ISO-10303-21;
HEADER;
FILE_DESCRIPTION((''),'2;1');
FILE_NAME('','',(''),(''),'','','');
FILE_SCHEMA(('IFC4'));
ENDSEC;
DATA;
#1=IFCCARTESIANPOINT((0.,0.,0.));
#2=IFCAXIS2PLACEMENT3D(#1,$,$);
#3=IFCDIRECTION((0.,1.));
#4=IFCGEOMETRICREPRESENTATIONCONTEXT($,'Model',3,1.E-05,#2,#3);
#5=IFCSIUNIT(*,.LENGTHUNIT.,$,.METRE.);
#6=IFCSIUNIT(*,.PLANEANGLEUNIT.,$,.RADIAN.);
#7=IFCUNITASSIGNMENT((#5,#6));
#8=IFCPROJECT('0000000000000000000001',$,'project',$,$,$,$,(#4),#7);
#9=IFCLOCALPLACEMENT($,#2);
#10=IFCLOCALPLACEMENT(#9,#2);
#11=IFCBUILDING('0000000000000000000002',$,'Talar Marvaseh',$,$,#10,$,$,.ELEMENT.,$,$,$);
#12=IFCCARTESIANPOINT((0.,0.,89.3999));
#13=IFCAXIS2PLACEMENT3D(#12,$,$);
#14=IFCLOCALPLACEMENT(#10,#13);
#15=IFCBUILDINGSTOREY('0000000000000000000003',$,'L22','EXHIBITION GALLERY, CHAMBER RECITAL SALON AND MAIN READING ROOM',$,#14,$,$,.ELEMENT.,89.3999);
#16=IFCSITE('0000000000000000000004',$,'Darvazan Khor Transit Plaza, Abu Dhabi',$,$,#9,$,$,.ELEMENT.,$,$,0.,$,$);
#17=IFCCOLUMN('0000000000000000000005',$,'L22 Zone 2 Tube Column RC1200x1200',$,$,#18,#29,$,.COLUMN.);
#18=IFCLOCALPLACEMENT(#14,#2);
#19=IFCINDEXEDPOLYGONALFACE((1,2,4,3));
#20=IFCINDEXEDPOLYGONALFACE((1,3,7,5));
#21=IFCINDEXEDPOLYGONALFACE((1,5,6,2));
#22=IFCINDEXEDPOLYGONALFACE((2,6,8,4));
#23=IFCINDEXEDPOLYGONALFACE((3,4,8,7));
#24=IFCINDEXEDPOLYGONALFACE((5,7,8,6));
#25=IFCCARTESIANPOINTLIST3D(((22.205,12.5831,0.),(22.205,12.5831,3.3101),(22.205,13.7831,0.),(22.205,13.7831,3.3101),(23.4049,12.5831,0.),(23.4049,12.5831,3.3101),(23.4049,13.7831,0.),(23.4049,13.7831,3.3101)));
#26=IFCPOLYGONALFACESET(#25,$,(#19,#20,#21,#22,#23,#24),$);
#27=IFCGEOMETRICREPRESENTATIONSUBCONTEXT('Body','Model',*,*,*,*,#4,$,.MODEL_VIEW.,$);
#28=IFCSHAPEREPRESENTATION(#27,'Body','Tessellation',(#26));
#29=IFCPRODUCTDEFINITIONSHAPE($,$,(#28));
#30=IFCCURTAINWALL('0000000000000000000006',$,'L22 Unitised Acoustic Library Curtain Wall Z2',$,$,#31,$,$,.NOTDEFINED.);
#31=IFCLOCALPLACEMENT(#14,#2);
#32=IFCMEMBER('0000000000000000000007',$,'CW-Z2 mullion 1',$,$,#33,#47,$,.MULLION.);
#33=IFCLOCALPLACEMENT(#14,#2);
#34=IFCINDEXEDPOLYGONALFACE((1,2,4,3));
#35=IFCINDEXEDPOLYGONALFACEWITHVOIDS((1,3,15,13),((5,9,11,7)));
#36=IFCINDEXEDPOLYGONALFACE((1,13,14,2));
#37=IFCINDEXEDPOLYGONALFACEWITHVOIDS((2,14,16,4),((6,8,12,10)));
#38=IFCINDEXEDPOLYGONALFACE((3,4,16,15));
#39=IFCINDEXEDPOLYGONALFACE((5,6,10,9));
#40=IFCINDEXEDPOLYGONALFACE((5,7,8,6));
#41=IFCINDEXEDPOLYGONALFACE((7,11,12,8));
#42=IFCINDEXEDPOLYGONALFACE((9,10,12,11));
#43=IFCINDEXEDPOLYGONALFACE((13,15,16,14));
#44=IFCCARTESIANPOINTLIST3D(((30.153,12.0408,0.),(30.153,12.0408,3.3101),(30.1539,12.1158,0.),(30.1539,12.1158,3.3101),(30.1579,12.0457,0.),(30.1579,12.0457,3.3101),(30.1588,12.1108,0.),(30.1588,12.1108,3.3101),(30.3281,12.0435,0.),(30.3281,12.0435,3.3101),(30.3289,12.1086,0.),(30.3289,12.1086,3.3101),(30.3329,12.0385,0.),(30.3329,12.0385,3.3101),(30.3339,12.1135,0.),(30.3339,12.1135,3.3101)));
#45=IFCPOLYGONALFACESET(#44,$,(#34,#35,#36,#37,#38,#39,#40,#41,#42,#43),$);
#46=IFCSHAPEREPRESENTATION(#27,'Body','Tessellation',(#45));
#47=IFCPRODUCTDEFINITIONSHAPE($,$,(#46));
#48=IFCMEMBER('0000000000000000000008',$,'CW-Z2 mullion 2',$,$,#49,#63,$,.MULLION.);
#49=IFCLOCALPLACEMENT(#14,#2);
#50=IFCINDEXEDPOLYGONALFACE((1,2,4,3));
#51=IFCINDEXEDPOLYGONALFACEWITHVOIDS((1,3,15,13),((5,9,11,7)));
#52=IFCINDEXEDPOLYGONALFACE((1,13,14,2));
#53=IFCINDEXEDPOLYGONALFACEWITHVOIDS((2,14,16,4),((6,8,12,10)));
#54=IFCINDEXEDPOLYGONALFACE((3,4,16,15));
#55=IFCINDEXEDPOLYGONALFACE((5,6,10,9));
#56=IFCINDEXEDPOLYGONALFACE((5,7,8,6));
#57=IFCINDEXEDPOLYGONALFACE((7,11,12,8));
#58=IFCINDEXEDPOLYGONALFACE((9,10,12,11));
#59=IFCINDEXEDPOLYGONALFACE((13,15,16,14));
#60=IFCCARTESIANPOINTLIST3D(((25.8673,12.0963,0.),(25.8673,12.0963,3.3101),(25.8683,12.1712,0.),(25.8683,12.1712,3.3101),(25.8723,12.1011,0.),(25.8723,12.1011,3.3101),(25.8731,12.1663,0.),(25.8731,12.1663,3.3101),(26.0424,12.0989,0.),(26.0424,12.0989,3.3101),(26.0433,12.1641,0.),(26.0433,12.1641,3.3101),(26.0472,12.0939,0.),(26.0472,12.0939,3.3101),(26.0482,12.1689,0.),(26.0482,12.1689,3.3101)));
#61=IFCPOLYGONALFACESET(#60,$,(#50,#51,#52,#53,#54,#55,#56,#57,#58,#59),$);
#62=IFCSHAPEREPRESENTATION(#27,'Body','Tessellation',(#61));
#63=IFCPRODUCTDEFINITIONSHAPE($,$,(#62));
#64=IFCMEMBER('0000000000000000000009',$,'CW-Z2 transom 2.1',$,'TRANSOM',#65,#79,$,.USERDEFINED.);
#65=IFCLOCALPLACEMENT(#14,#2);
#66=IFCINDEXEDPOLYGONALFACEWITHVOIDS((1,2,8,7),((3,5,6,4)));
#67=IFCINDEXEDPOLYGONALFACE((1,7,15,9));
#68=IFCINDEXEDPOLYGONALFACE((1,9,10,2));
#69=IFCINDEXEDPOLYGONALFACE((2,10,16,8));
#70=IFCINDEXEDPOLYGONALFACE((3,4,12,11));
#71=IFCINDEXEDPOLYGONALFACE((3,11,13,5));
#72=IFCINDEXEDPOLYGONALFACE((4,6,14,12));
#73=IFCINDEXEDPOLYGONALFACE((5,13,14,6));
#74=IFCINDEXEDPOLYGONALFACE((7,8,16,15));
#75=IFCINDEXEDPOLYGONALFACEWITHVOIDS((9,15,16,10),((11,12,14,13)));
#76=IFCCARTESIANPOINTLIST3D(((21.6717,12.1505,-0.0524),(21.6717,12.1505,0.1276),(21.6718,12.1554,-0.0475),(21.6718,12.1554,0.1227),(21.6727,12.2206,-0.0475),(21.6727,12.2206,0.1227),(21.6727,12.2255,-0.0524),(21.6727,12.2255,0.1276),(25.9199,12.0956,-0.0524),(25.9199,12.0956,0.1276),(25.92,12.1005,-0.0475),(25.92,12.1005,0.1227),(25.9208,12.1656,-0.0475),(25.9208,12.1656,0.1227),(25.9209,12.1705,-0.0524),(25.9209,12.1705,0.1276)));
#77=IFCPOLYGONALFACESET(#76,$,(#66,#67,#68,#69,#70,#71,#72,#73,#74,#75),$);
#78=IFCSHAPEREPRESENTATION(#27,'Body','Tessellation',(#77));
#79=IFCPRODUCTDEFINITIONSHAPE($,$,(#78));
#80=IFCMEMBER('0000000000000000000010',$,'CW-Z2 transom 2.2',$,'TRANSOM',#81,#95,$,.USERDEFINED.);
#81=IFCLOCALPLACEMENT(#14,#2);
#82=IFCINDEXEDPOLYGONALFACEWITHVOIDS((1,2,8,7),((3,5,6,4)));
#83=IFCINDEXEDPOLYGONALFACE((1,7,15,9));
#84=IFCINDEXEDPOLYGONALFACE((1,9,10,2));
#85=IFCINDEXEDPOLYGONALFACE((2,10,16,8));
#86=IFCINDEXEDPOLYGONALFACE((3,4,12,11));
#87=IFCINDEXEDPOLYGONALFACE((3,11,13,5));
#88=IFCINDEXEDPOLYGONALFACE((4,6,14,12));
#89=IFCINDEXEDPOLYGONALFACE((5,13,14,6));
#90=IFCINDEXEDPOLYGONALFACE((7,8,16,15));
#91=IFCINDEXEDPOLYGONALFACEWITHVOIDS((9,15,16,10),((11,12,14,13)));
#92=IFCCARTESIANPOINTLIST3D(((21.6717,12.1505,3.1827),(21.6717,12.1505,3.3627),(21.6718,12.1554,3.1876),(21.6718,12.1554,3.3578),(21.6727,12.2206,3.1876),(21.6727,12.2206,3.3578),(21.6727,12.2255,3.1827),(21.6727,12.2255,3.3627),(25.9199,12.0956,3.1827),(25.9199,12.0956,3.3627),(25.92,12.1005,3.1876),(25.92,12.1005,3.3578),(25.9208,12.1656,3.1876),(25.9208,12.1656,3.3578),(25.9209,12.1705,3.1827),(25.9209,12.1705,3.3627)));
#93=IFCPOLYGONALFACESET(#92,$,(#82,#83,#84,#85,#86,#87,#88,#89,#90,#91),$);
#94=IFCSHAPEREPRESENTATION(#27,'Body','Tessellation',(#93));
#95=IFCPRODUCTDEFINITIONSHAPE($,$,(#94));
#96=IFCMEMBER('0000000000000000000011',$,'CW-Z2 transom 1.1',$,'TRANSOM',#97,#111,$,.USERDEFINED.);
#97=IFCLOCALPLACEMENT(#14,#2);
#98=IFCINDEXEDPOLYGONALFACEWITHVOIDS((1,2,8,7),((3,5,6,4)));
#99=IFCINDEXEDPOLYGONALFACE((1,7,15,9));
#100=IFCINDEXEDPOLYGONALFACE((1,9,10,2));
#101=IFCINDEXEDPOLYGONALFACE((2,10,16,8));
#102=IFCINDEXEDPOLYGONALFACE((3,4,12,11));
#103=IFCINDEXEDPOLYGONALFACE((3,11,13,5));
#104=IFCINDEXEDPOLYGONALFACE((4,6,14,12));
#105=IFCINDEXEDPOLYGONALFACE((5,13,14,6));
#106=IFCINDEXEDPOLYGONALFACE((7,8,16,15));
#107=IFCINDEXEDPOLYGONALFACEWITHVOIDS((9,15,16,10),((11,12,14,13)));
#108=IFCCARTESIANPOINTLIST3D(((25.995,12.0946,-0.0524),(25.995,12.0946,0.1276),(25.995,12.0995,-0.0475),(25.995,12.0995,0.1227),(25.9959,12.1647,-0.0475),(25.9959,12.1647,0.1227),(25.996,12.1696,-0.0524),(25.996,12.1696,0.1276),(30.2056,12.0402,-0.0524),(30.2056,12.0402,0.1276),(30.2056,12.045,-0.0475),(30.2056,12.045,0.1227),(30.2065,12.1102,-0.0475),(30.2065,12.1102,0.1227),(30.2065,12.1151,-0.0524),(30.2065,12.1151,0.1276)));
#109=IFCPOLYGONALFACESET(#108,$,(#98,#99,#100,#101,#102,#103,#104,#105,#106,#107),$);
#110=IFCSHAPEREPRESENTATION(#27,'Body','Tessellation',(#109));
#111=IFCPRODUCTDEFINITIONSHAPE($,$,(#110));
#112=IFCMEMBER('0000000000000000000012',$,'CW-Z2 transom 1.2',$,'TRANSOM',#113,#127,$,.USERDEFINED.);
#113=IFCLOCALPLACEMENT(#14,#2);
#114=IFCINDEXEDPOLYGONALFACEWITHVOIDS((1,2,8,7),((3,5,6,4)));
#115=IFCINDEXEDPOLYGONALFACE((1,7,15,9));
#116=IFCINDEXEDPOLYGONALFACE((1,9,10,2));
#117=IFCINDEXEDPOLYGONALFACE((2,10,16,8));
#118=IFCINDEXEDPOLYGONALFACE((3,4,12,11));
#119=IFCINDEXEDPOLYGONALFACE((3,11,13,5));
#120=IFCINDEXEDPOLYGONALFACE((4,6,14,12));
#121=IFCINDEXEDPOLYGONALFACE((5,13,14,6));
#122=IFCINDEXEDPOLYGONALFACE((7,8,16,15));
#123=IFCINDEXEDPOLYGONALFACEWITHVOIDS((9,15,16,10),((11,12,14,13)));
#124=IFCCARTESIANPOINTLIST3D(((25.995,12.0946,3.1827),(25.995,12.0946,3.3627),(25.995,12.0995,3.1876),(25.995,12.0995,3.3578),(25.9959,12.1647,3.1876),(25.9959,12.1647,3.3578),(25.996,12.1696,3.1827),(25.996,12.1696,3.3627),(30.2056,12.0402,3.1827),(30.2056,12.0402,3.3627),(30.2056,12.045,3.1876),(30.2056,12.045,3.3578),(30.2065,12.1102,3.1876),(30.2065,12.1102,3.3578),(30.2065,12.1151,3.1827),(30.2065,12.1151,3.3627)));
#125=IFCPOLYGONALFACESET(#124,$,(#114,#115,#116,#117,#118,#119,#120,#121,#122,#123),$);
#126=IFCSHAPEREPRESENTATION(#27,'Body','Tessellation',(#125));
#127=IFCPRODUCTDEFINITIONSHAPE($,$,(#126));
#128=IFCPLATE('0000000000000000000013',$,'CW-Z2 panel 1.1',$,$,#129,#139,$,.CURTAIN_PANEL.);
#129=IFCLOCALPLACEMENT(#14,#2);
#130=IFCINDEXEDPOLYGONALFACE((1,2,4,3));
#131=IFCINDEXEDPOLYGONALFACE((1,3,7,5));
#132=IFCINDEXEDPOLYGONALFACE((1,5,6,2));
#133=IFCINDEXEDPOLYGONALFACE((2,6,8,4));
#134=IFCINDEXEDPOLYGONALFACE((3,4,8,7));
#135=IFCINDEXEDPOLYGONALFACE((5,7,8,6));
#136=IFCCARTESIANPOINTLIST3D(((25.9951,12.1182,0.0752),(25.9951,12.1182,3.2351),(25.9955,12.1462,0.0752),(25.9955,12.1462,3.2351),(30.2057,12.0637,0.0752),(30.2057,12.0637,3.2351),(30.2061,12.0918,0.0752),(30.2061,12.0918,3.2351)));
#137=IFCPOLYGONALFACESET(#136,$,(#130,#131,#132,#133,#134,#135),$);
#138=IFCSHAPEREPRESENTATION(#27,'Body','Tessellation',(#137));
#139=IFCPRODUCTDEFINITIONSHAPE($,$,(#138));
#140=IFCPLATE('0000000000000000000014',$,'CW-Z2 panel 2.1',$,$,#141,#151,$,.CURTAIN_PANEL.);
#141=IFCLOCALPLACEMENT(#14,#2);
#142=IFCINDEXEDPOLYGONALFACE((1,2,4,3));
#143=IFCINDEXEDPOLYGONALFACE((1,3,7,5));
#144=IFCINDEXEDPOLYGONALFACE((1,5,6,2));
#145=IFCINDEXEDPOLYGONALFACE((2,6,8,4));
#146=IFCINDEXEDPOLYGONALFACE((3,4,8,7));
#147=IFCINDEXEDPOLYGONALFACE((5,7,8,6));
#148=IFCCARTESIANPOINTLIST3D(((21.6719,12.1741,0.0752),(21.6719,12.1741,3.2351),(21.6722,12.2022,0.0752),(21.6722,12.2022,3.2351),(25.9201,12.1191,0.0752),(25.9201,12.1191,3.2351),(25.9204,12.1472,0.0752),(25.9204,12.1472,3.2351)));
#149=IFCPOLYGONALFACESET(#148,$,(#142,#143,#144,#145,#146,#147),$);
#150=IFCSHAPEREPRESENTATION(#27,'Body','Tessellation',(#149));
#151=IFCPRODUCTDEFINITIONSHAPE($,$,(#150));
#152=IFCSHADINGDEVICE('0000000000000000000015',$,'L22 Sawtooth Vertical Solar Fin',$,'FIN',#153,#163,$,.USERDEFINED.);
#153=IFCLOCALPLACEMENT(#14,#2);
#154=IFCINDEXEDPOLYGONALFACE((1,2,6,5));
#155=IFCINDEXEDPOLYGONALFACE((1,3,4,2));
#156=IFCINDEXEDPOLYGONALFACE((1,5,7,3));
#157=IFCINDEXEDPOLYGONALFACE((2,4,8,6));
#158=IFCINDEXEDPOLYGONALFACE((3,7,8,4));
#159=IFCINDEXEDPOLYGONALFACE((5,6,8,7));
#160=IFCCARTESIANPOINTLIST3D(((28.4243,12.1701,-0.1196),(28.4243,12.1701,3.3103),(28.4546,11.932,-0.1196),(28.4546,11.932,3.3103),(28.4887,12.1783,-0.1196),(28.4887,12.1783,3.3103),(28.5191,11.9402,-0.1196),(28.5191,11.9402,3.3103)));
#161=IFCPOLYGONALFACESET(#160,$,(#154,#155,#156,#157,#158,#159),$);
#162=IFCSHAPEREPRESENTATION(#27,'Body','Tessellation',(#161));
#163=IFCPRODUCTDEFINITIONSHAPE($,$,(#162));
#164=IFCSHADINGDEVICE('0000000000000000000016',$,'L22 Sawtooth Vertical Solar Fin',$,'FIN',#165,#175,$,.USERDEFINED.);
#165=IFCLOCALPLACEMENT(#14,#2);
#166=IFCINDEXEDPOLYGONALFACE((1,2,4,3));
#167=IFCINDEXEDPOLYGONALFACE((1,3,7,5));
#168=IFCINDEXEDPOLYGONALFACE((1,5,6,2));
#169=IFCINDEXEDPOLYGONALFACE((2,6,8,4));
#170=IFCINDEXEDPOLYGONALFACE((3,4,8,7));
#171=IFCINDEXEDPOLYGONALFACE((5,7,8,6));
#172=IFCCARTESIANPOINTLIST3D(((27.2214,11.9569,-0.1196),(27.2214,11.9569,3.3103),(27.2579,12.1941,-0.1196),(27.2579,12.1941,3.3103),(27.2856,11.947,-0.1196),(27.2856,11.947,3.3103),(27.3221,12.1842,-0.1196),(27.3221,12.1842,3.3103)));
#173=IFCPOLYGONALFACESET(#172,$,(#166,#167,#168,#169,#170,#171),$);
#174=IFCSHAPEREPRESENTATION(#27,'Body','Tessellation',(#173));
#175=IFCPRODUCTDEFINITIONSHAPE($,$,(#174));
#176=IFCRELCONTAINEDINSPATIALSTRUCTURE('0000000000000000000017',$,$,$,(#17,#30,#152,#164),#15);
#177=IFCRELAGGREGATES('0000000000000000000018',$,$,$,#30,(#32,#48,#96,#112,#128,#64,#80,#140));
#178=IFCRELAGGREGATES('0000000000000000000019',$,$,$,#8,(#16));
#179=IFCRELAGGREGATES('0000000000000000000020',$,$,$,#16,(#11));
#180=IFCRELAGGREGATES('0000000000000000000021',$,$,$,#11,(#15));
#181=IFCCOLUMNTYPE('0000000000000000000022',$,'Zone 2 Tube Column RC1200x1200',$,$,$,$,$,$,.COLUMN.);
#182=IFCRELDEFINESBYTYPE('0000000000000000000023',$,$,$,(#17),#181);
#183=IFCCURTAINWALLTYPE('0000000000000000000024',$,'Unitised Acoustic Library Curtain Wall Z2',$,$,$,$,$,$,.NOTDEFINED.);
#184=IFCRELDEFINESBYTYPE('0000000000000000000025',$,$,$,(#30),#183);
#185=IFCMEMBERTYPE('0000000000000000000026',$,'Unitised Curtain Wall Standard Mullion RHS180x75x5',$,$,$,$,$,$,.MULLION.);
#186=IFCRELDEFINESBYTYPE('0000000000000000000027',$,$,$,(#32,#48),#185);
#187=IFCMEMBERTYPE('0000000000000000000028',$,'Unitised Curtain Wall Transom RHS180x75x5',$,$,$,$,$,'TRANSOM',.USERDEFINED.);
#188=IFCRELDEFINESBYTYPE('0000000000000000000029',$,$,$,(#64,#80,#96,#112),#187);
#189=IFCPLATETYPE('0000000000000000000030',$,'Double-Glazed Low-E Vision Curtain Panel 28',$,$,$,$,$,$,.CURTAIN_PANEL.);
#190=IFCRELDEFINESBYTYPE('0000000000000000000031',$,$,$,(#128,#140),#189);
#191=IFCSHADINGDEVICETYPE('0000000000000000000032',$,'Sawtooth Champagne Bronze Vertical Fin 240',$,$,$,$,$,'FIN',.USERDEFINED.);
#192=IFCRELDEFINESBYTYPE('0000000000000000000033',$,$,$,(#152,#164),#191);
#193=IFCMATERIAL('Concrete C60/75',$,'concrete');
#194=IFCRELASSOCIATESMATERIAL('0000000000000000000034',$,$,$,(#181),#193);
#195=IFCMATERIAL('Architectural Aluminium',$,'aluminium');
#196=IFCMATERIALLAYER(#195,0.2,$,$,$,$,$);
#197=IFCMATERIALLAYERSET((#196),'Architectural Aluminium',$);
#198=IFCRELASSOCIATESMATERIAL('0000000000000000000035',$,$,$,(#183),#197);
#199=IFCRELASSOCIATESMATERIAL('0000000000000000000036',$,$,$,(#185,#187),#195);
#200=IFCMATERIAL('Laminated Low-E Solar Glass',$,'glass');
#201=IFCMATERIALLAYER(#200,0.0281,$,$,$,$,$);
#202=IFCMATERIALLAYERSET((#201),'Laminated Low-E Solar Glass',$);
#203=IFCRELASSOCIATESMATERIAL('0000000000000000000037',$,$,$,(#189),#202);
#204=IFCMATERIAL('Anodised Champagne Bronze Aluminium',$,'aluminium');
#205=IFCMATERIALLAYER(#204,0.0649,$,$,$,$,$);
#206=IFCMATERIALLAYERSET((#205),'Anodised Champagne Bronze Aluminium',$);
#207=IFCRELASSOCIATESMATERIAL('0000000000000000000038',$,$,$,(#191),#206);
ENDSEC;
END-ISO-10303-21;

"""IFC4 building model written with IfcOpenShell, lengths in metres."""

from ifc_helpers import new_model, si_unit, direction, frame, origin, origin_2d, place, context, subcontext, project, spatial, rectangle, hollow_rectangle, extrude, source, transform, mapped, material, layer, layer_set, material_profile, profile_set, type_object, type_shapes, element, aggregate, save


model = new_model("IFC4")

# Units and contexts
model_context = context("Model", 3, precision=1e-05, world=origin(), true_north=direction((0.0, 1.0)))
body_context = subcontext(model_context, "Body", "Model", "MODEL_VIEW")
ifc_project = project(units=[si_unit("LENGTHUNIT", "METRE"), si_unit("PLANEANGLEUNIT", "RADIAN")], contexts=[model_context])

# Site, building, storey
site_placement = place(None, origin())
site = spatial("IfcSite", under=ifc_project, at=site_placement, Name="Darvazan Khor Transit Plaza, Abu Dhabi", CompositionType="ELEMENT", RefElevation=0.0)
building_placement = place(site_placement, origin())
building = spatial("IfcBuilding", under=site, at=building_placement, Name="Talar Marvaseh", CompositionType="ELEMENT")
storey_placement = place(building_placement, frame((0.0, 0.0, 89.3999)))
storey = spatial("IfcBuildingStorey", under=building, at=storey_placement, Name="L22", Description="EXHIBITION GALLERY, CHAMBER RECITAL SALON AND MAIN READING ROOM", CompositionType="ELEMENT", Elevation=89.3999)

# Column
ifc_material_1 = material(Name="Concrete C60/75", Category="concrete")
ifc_material_profile_1 = material_profile(ifc_material_1, rectangle(XDim=1.2, YDim=1.2, at=origin_2d()), Name="RC1200x1200")
ifc_profile_set_1 = profile_set([ifc_material_profile_1], Name="Concrete C60/75")
column_type = type_object("IfcColumnType", Name="Zone 2 Tube Column RC1200x1200", PredefinedType="COLUMN", material=ifc_profile_set_1)
column_placement = place(storey_placement, frame((22.8049, 13.1831, 0.0), z_axis=(0.0, 0.0, 1.0), x_axis=(1.0, 0.0, 0.0)))
element("IfcColumn", 1, at=column_placement, inside=storey, type_object=column_type, Name="L22 Zone 2 Tube Column RC1200x1200", PredefinedType="COLUMN", context=body_context, shape_type="SweptSolid", body=[
    extrude(rectangle(XDim=1.2, YDim=1.2, at=origin_2d()), origin(), (0.0, 0.0, 1.0), 3.3101),
])

# Curtain wall, members, plates
ifc_material_2 = material(Name="Architectural Aluminium", Category="aluminium")
ifc_layer_1 = layer(ifc_material_2, 0.2)
ifc_layer_set_1 = layer_set([ifc_layer_1], Name="Architectural Aluminium")
curtain_wall_type = type_object("IfcCurtainWallType", Name="Unitised Acoustic Library Curtain Wall Z2", PredefinedType="NOTDEFINED", material=ifc_layer_set_1)
curtain_wall_placement = place(storey_placement, origin())
curtain_wall = element("IfcCurtainWall", 2, at=curtain_wall_placement, inside=storey, type_object=curtain_wall_type, Name="L22 Unitised Acoustic Library Curtain Wall Z2", PredefinedType="NOTDEFINED")
ifc_material_profile_2 = material_profile(ifc_material_2, hollow_rectangle(XDim=0.075, YDim=0.1799, WallThickness=0.0049, at=origin_2d()), Name="RHS180x75x5")
ifc_profile_set_2 = profile_set([ifc_material_profile_2], Name="Architectural Aluminium")
member_type_1 = type_object("IfcMemberType", Name="Unitised Curtain Wall Standard Mullion RHS180x75x5", PredefinedType="MULLION", material=ifc_profile_set_2)
shared_shape_1 = source(origin(), body_context, "Body", "SweptSolid", [
    extrude(hollow_rectangle(XDim=0.075, YDim=0.1799, WallThickness=0.0049, at=origin_2d()), origin(), (0.0, 0.0, 1.0), 3.3101),
])
type_shapes(member_type_1, [shared_shape_1])
member_1_placement = place(storey_placement, frame((30.2434, 12.0771, 0.0), z_axis=(0.0, 0.0, 1.0), x_axis=(-0.012934, -0.999916, 0.0)))
member_1 = element("IfcMember", 3, at=member_1_placement, type_object=member_type_1, Name="CW-Z2 mullion 1", PredefinedType="MULLION", context=body_context, shape_type="MappedRepresentation", body=[
    mapped(shared_shape_1, transform((0.0, 0.0, 0.0), x_axis=(1.0, 0.0, 0.0), y_axis=(0.0, 1.0, 0.0), z_axis=(0.0, 0.0, 1.0), scale=1.0)),
])
member_2_placement = place(storey_placement, frame((25.9578, 12.1326, 0.0), z_axis=(0.0, 0.0, 1.0), x_axis=(-0.012934, -0.999916, 0.0)))
member_2 = element("IfcMember", 4, at=member_2_placement, type_object=member_type_1, Name="CW-Z2 mullion 2", PredefinedType="MULLION", context=body_context, shape_type="MappedRepresentation", body=[
    mapped(shared_shape_1, transform((0.0, 0.0, 0.0), x_axis=(1.0, 0.0, 0.0), y_axis=(0.0, 1.0, 0.0), z_axis=(0.0, 0.0, 1.0), scale=1.0)),
])
ifc_material_profile_3 = material_profile(ifc_material_2, hollow_rectangle(XDim=0.075, YDim=0.1799, WallThickness=0.0049, at=origin_2d()), Name="RHS180x75x5")
ifc_profile_set_3 = profile_set([ifc_material_profile_3], Name="Architectural Aluminium")
member_type_2 = type_object("IfcMemberType", Name="Unitised Curtain Wall Transom RHS180x75x5", ElementType="TRANSOM", PredefinedType="USERDEFINED", material=ifc_profile_set_3)
shared_shape_2 = source(origin(), body_context, "Body", "SweptSolid", [
    extrude(hollow_rectangle(XDim=0.075, YDim=0.1799, WallThickness=0.0049, at=origin_2d()), origin(), (0.0, 0.0, 1.0), 4.2485),
])
member_3_placement = place(storey_placement, frame((25.9204, 12.1331, 0.0376), z_axis=(-0.999916, 0.012929, 0.0), x_axis=(-0.012929, -0.999916, 0.0)))
member_3 = element("IfcMember", 5, at=member_3_placement, type_object=member_type_2, Name="CW-Z2 transom 2.1", ObjectType="TRANSOM", PredefinedType="USERDEFINED", context=body_context, shape_type="MappedRepresentation", body=[
    mapped(shared_shape_2, transform((0.0, 0.0, 0.0), x_axis=(1.0, 0.0, 0.0), y_axis=(0.0, 1.0, 0.0), z_axis=(0.0, 0.0, 1.0), scale=1.0)),
])
member_4_placement = place(storey_placement, frame((25.9204, 12.1331, 3.2727), z_axis=(-0.999916, 0.012929, 0.0), x_axis=(-0.012929, -0.999916, 0.0)))
member_4 = element("IfcMember", 6, at=member_4_placement, type_object=member_type_2, Name="CW-Z2 transom 2.2", ObjectType="TRANSOM", PredefinedType="USERDEFINED", context=body_context, shape_type="MappedRepresentation", body=[
    mapped(shared_shape_2, transform((0.0, 0.0, 0.0), x_axis=(1.0, 0.0, 0.0), y_axis=(0.0, 1.0, 0.0), z_axis=(0.0, 0.0, 1.0), scale=1.0)),
])
shared_shape_3 = source(origin(), body_context, "Body", "SweptSolid", [
    extrude(hollow_rectangle(XDim=0.075, YDim=0.1799, WallThickness=0.0049, at=origin_2d()), origin(), (0.0, 0.0, 1.0), 4.2109),
])
type_shapes(member_type_2, [shared_shape_2, shared_shape_3])
member_5_placement = place(storey_placement, frame((30.2061, 12.0776, 0.0376), z_axis=(-0.999916, 0.012929, 0.0), x_axis=(-0.012929, -0.999916, 0.0)))
member_5 = element("IfcMember", 7, at=member_5_placement, type_object=member_type_2, Name="CW-Z2 transom 1.1", ObjectType="TRANSOM", PredefinedType="USERDEFINED", context=body_context, shape_type="MappedRepresentation", body=[
    mapped(shared_shape_3, transform((0.0, 0.0, 0.0), x_axis=(1.0, 0.0, 0.0), y_axis=(0.0, 1.0, 0.0), z_axis=(0.0, 0.0, 1.0), scale=1.0)),
])
member_6_placement = place(storey_placement, frame((30.2061, 12.0776, 3.2727), z_axis=(-0.999916, 0.012929, 0.0), x_axis=(-0.012929, -0.999916, 0.0)))
member_6 = element("IfcMember", 8, at=member_6_placement, type_object=member_type_2, Name="CW-Z2 transom 1.2", ObjectType="TRANSOM", PredefinedType="USERDEFINED", context=body_context, shape_type="MappedRepresentation", body=[
    mapped(shared_shape_3, transform((0.0, 0.0, 0.0), x_axis=(1.0, 0.0, 0.0), y_axis=(0.0, 1.0, 0.0), z_axis=(0.0, 0.0, 1.0), scale=1.0)),
])
ifc_material_3 = material(Name="Laminated Low-E Solar Glass", Category="glass")
ifc_layer_2 = layer(ifc_material_3, 0.0281)
ifc_layer_set_2 = layer_set([ifc_layer_2], Name="Laminated Low-E Solar Glass")
plate_type = type_object("IfcPlateType", Name="Double-Glazed Low-E Vision Curtain Panel 28", PredefinedType="CURTAIN_PANEL", material=ifc_layer_set_2)
shared_shape_4 = source(origin(), body_context, "Body", "SweptSolid", [
    extrude(rectangle(XDim=4.2109, YDim=0.0281, at=origin_2d()), origin(), (0.0, 0.0, 1.0), 3.1599),
])
plate_1_placement = place(storey_placement, frame((28.1006, 12.105, 0.0752), z_axis=(0.0, 0.0, 1.0), x_axis=(-0.999916, 0.012934, 0.0)))
plate_1 = element("IfcPlate", 9, at=plate_1_placement, type_object=plate_type, Name="CW-Z2 panel 1.1", PredefinedType="CURTAIN_PANEL", context=body_context, shape_type="MappedRepresentation", body=[
    mapped(shared_shape_4, transform((0.0, 0.0, 0.0), x_axis=(1.0, 0.0, 0.0), y_axis=(0.0, 1.0, 0.0), z_axis=(0.0, 0.0, 1.0), scale=1.0)),
])
shared_shape_5 = source(origin(), body_context, "Body", "SweptSolid", [
    extrude(rectangle(XDim=4.2485, YDim=0.0281, at=origin_2d()), origin(), (0.0, 0.0, 1.0), 3.1599),
])
type_shapes(plate_type, [shared_shape_4, shared_shape_5])
plate_2_placement = place(storey_placement, frame((23.7961, 12.1606, 0.0752), z_axis=(0.0, 0.0, 1.0), x_axis=(-0.999916, 0.012934, 0.0)))
plate_2 = element("IfcPlate", 10, at=plate_2_placement, type_object=plate_type, Name="CW-Z2 panel 2.1", PredefinedType="CURTAIN_PANEL", context=body_context, shape_type="MappedRepresentation", body=[
    mapped(shared_shape_5, transform((0.0, 0.0, 0.0), x_axis=(1.0, 0.0, 0.0), y_axis=(0.0, 1.0, 0.0), z_axis=(0.0, 0.0, 1.0), scale=1.0)),
])
aggregate(curtain_wall, [member_1, member_2, member_5, member_6, plate_1, member_3, member_4, plate_2])

# Shading devices
ifc_material_4 = material(Name="Anodised Champagne Bronze Aluminium", Category="aluminium")
ifc_layer_3 = layer(ifc_material_4, 0.0649)
ifc_layer_set_3 = layer_set([ifc_layer_3], Name="Anodised Champagne Bronze Aluminium")
shading_device_type = type_object("IfcShadingDeviceType", Name="Sawtooth Champagne Bronze Vertical Fin 240", ElementType="FIN", PredefinedType="USERDEFINED", material=ifc_layer_set_3)
shared_shape_6 = source(origin(), body_context, "Body", "SweptSolid", [
    extrude(rectangle(XDim=0.24, YDim=0.0649, at=origin_2d()), origin(), (0.0, 0.0, 1.0), 3.4299),
])
type_shapes(shading_device_type, [shared_shape_6])
for number, where, z_axis, x_axis, name in (
    (11, (28.4717, 12.0552, -0.1196), (0.0, 0.0, 1.0), (0.126372, -0.991983, 0.0), "L22 Sawtooth Vertical Solar Fin"),
    (12, (27.2717, 12.0706, -0.1196), (0.0, 0.0, 1.0), (-0.151951, -0.988388, 0.0), "L22 Sawtooth Vertical Solar Fin"),
):
    element("IfcShadingDevice", number, at=place(storey_placement, frame(where, z_axis=z_axis, x_axis=x_axis)), inside=storey, type_object=shading_device_type, Name=name, ObjectType="FIN", PredefinedType="USERDEFINED", context=body_context, shape_type="MappedRepresentation", body=[
        mapped(shared_shape_6, transform((0.0, 0.0, 0.0), x_axis=(1.0, 0.0, 0.0), y_axis=(0.0, 1.0, 0.0), z_axis=(0.0, 0.0, 1.0), scale=1.0)),
    ])

save(model, "model.ifc")
